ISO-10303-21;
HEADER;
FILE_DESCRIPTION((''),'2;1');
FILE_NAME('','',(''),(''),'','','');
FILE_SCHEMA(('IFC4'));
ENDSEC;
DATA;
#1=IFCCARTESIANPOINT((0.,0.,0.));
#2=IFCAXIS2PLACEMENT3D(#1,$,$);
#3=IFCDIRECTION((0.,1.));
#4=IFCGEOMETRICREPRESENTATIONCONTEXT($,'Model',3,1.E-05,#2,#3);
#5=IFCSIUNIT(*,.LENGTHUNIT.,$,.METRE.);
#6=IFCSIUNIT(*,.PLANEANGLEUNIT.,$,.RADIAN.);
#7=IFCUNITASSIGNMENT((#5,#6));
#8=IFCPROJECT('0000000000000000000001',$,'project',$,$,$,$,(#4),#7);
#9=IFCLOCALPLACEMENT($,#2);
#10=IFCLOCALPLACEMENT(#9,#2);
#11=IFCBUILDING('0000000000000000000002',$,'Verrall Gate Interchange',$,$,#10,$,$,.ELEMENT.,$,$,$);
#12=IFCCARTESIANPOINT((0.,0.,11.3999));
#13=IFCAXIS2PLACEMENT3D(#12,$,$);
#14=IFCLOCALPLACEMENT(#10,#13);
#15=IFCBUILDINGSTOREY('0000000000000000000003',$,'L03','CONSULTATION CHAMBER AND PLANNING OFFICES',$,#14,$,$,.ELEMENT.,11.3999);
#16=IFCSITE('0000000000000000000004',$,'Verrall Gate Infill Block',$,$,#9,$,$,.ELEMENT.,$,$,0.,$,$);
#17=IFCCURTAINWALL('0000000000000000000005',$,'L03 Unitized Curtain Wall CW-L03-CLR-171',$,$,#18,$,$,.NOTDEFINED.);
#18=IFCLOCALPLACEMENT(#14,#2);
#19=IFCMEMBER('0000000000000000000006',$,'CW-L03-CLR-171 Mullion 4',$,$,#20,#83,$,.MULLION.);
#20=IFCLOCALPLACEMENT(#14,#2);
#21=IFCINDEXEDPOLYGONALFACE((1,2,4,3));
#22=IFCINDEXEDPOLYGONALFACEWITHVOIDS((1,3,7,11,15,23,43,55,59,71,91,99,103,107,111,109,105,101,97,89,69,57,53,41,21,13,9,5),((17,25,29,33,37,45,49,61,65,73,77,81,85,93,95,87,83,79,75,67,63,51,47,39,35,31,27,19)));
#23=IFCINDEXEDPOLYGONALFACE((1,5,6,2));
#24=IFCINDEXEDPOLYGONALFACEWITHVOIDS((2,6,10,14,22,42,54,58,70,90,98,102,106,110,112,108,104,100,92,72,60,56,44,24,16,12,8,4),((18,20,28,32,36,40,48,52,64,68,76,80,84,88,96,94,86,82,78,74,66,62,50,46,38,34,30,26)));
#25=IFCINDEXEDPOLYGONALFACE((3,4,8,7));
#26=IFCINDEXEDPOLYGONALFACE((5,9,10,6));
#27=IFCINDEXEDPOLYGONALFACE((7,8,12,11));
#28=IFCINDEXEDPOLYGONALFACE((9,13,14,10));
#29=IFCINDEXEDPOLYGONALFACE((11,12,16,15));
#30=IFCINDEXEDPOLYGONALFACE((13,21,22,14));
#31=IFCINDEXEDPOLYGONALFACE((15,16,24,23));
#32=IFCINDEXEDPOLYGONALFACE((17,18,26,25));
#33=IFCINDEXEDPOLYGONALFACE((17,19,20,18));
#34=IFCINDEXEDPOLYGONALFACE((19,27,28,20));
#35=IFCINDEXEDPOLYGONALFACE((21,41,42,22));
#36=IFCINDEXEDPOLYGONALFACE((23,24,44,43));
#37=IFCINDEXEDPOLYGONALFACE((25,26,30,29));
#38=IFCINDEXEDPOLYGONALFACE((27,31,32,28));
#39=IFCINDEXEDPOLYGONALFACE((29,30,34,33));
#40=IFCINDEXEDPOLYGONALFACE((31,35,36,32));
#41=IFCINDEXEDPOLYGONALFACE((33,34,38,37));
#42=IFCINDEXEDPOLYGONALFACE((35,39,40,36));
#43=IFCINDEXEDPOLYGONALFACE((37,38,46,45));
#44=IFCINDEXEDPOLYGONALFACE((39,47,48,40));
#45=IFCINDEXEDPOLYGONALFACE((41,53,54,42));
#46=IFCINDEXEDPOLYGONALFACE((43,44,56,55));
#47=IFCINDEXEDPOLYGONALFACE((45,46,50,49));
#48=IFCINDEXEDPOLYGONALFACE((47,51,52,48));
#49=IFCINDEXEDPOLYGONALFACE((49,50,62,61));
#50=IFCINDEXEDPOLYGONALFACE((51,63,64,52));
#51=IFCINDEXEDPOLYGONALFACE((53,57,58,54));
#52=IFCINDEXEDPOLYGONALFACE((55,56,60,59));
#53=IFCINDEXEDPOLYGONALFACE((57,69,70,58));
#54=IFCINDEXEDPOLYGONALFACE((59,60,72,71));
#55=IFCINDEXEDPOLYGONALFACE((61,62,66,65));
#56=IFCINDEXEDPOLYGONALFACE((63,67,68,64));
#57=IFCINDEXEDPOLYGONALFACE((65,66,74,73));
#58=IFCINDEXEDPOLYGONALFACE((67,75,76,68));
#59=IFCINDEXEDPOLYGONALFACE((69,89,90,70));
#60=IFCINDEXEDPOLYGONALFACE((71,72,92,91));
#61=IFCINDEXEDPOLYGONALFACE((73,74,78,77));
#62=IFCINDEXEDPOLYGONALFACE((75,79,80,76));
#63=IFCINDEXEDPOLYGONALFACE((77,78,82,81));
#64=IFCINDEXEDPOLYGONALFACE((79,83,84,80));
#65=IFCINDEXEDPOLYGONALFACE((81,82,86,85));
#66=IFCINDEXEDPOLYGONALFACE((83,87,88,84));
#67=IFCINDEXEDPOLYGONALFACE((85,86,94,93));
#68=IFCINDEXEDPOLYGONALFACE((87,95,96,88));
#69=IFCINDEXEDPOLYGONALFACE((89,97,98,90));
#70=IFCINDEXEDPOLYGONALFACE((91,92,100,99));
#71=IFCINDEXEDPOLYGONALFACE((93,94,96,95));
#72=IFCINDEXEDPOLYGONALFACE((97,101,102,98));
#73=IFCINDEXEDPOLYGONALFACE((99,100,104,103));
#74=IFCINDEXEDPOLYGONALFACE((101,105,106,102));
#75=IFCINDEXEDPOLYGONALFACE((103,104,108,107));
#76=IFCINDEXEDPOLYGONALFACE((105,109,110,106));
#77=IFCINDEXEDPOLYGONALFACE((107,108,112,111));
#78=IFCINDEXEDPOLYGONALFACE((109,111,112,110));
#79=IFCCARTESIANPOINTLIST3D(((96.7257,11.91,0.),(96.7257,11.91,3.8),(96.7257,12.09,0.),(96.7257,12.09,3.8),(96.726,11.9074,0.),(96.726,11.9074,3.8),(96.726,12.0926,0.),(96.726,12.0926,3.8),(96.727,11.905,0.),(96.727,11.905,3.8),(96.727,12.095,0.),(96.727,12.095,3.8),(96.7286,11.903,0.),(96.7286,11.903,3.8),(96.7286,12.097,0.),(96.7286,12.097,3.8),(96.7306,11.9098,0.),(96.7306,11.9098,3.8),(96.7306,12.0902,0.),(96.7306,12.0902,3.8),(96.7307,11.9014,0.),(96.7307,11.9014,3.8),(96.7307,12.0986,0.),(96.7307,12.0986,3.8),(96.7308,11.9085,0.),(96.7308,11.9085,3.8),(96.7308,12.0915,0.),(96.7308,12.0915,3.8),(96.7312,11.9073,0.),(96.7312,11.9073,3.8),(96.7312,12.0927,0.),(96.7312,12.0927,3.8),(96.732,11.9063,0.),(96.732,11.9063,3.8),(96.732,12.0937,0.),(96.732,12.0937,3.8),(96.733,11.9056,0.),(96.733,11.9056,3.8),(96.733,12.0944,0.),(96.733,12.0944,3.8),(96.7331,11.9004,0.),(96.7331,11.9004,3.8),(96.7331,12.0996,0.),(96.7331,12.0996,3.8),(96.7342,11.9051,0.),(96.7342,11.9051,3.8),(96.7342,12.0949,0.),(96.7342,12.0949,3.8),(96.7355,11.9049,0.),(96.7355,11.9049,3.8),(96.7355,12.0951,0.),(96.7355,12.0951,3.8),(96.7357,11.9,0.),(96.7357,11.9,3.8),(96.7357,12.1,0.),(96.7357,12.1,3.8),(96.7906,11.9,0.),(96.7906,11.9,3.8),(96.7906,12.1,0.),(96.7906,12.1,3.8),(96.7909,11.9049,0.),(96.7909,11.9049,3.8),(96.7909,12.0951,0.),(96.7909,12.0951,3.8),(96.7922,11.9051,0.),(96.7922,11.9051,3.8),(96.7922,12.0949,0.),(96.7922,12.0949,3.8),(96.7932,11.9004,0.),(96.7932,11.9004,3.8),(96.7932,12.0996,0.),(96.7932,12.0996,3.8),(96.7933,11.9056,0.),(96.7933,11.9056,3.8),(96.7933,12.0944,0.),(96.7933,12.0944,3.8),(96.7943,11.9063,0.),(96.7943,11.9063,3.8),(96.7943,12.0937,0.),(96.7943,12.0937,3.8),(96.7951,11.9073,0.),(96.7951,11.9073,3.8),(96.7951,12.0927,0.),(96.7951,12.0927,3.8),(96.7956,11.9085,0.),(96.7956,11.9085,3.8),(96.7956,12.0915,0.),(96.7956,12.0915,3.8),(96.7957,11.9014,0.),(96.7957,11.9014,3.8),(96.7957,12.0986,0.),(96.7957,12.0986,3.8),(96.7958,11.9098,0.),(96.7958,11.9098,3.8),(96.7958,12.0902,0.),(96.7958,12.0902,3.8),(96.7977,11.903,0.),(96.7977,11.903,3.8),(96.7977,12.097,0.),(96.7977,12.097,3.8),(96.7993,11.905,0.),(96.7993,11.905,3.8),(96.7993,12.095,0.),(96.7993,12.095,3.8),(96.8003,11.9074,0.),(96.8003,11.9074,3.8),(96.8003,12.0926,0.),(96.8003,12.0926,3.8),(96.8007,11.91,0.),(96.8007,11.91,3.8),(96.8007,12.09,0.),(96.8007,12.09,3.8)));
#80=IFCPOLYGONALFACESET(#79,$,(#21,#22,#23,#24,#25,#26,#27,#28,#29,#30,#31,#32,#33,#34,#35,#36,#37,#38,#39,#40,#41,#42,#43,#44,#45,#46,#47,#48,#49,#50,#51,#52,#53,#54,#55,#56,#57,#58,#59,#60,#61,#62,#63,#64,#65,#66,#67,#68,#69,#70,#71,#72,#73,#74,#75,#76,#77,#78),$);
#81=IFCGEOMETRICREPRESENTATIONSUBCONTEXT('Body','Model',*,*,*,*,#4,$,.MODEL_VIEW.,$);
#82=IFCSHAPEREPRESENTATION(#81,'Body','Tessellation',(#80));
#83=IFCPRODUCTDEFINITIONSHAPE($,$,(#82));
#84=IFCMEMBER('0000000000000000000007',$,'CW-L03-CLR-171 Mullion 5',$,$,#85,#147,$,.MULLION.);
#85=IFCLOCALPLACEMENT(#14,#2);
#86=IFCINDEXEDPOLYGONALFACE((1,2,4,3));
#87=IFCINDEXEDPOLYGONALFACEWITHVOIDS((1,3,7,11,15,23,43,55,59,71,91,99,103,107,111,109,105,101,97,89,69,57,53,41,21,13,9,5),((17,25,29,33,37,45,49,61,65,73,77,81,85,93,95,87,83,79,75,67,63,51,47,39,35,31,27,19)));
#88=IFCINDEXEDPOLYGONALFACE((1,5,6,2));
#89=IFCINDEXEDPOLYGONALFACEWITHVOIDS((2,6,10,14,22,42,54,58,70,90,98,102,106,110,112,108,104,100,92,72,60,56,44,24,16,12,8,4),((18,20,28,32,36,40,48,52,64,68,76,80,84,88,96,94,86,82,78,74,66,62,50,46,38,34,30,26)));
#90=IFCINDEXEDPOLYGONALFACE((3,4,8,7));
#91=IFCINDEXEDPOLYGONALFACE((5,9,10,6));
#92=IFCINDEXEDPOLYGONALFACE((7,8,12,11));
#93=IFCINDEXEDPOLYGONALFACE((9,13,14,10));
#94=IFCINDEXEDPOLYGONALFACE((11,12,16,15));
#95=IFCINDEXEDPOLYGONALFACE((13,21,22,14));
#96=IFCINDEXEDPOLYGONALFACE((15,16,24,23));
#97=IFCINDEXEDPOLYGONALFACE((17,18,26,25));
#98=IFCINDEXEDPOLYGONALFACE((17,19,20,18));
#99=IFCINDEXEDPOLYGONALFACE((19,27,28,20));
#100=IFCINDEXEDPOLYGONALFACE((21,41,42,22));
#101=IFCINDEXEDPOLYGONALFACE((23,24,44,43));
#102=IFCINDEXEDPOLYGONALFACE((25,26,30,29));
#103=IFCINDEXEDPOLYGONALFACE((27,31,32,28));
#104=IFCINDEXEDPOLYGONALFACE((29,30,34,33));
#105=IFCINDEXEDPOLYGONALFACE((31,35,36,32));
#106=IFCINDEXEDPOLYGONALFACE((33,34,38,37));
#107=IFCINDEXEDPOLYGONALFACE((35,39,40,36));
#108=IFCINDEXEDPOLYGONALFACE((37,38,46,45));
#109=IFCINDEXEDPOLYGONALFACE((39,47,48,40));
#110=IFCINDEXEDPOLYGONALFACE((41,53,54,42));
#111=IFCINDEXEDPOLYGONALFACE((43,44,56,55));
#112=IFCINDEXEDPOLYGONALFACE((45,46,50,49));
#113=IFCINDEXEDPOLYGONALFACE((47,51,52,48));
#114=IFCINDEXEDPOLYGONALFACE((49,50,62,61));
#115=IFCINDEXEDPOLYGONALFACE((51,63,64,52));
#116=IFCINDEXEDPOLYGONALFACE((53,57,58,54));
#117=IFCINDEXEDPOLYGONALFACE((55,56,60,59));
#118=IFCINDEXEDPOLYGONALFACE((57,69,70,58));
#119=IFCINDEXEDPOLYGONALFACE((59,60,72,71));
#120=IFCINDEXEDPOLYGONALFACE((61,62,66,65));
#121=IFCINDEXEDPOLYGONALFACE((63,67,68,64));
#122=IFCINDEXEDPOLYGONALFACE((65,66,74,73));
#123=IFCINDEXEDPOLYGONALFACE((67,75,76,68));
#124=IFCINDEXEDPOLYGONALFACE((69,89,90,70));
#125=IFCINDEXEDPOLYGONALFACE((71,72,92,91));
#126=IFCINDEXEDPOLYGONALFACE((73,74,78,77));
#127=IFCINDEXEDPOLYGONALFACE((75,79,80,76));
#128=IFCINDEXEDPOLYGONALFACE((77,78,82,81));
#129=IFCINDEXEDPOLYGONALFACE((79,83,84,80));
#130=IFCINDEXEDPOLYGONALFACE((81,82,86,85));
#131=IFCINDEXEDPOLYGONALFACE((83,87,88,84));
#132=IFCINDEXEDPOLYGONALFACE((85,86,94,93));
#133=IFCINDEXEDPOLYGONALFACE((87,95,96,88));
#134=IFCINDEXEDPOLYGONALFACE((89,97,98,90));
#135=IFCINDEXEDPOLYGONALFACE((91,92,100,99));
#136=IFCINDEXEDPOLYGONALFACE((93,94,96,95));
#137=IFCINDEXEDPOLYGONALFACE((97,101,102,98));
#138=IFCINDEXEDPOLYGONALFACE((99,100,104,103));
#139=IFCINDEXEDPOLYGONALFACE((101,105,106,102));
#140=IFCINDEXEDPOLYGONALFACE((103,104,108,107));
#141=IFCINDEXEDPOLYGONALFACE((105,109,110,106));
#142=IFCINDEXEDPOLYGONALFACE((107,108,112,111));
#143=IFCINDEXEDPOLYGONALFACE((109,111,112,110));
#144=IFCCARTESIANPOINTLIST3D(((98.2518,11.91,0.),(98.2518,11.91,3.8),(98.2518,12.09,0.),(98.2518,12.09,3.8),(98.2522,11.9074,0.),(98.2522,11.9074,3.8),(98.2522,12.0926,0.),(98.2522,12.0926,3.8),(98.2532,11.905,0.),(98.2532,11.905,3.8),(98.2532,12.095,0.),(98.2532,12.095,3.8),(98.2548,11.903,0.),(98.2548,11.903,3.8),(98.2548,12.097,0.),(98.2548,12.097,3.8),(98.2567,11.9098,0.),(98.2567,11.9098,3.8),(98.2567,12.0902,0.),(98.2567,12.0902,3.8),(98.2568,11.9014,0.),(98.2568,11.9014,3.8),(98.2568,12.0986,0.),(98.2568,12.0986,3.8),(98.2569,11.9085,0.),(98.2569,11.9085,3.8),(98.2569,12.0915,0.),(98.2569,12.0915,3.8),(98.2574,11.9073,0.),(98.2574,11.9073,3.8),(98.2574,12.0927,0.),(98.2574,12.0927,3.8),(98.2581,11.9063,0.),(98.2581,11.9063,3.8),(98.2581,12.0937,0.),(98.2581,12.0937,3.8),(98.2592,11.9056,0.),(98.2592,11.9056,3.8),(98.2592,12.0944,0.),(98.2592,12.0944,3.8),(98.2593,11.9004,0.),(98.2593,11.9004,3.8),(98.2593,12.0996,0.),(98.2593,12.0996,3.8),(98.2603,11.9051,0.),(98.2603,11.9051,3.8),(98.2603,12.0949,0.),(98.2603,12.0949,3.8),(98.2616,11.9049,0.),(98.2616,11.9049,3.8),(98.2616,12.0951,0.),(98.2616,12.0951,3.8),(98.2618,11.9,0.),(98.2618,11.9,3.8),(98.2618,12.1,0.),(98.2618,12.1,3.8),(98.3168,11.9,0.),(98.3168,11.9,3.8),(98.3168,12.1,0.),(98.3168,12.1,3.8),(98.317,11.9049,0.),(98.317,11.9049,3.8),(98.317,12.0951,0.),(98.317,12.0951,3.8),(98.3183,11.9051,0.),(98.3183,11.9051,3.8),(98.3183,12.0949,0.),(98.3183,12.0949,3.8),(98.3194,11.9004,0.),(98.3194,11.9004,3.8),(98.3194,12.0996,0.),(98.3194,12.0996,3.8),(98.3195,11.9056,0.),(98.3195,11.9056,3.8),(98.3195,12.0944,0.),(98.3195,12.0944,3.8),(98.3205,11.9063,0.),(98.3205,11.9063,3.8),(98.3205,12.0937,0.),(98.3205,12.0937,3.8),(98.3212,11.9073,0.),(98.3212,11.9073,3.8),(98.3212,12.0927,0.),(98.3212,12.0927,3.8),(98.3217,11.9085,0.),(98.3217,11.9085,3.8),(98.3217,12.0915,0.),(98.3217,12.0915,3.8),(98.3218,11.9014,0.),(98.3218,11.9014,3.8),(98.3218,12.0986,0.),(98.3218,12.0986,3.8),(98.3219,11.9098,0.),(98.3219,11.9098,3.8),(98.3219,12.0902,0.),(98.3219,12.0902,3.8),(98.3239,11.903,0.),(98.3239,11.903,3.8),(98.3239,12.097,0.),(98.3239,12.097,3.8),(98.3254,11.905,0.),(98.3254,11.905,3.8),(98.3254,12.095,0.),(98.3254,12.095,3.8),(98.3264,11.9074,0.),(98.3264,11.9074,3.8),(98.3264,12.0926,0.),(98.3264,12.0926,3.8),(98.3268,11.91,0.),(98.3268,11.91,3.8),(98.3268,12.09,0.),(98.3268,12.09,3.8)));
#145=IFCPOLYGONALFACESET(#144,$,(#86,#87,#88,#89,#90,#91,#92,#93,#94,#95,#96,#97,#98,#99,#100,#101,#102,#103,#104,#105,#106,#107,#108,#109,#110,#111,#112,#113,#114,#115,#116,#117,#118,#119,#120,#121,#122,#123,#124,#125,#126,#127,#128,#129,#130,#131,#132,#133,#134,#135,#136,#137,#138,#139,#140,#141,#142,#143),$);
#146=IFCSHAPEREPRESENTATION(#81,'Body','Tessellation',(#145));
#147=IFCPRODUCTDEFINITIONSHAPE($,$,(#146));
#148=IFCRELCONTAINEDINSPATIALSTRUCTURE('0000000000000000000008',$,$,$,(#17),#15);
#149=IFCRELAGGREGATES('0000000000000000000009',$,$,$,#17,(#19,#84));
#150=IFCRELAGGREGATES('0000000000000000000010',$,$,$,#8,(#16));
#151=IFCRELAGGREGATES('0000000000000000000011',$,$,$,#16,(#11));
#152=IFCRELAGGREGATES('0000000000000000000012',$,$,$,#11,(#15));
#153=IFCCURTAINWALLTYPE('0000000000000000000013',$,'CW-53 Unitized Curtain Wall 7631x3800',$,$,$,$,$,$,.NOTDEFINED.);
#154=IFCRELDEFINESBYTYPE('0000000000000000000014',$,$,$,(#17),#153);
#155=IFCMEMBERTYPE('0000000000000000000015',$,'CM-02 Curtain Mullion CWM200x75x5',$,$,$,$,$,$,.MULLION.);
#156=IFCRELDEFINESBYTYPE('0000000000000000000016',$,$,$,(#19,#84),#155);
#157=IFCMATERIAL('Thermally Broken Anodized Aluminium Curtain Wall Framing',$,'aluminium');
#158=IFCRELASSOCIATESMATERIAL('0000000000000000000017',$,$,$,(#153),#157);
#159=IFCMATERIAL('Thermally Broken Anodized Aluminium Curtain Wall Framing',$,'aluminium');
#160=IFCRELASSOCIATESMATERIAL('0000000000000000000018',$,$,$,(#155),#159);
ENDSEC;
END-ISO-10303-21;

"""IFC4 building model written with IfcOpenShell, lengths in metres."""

from ifc_helpers import new_model, si_unit, direction, frame, origin, origin_2d, place, context, subcontext, project, spatial, hollow_rectangle, extrude, material, material_profile, profile_set, type_object, element, aggregate, save


model = new_model("IFC4")

# Units and contexts
model_context = context("Model", 3, precision=1e-05, world=origin(), true_north=direction((0.0, 1.0)))
body_context = subcontext(model_context, "Body", "Model", "MODEL_VIEW")
ifc_project = project(units=[si_unit("LENGTHUNIT", "METRE"), si_unit("PLANEANGLEUNIT", "RADIAN")], contexts=[model_context])

# Site, building, storey
site_placement = place(None, origin())
site = spatial("IfcSite", under=ifc_project, at=site_placement, Name="Verrall Gate Infill Block", CompositionType="ELEMENT", RefElevation=0.0)
building_placement = place(site_placement, origin())
building = spatial("IfcBuilding", under=site, at=building_placement, Name="Verrall Gate Interchange", CompositionType="ELEMENT")
storey_placement = place(building_placement, frame((0.0, 0.0, 11.3999)))
storey = spatial("IfcBuildingStorey", under=building, at=storey_placement, Name="L03", Description="CONSULTATION CHAMBER AND PLANNING OFFICES", CompositionType="ELEMENT", Elevation=11.3999)

# Curtain wall, members
ifc_material_1 = material(Name="Thermally Broken Anodized Aluminium Curtain Wall Framing", Category="aluminium")
curtain_wall_type = type_object("IfcCurtainWallType", Name="CW-53 Unitized Curtain Wall 7631x3800", PredefinedType="NOTDEFINED", material=ifc_material_1)
curtain_wall_1_placement = place(storey_placement, origin())
curtain_wall_1 = element("IfcCurtainWall", 1, at=curtain_wall_1_placement, inside=storey, type_object=curtain_wall_type, Name="L03 Unitized Curtain Wall CW-L03-CLR-171", PredefinedType="NOTDEFINED")
ifc_material_2 = material(Name="Thermally Broken Anodized Aluminium Curtain Wall Framing", Category="aluminium")
ifc_material_profile_1 = material_profile(ifc_material_2, hollow_rectangle(XDim=0.075, YDim=0.2, WallThickness=0.0049, InnerFilletRadius=0.0049, OuterFilletRadius=0.01, at=origin_2d()), Name="CWM200x75x5")
ifc_profile_set_1 = profile_set([ifc_material_profile_1], Name="Thermally Broken Anodized Aluminium Curtain Wall Framing")
member_type_1 = type_object("IfcMemberType", Name="CM-02 Curtain Mullion CWM200x75x5", PredefinedType="MULLION", material=ifc_profile_set_1)
member_1_placement = place(storey_placement, frame((96.7632, 12.0, 0.0), z_axis=(0.0, 0.0, 1.0), x_axis=(1.0, 0.0, 0.0)))
member_1 = element("IfcMember", 2, at=member_1_placement, type_object=member_type_1, Name="CW-L03-CLR-171 Mullion 4", PredefinedType="MULLION", context=body_context, shape_type="SweptSolid", body=[
    extrude(hollow_rectangle(XDim=0.075, YDim=0.2, WallThickness=0.0049, InnerFilletRadius=0.0049, OuterFilletRadius=0.01, at=origin_2d()), origin(), (0.0, 0.0, 1.0), 3.8),
])
member_2_placement = place(storey_placement, frame((98.2893, 12.0, 0.0), z_axis=(0.0, 0.0, 1.0), x_axis=(1.0, 0.0, 0.0)))
member_2 = element("IfcMember", 3, at=member_2_placement, type_object=member_type_1, Name="CW-L03-CLR-171 Mullion 5", PredefinedType="MULLION", context=body_context, shape_type="SweptSolid", body=[
    extrude(hollow_rectangle(XDim=0.075, YDim=0.2, WallThickness=0.0049, InnerFilletRadius=0.0049, OuterFilletRadius=0.01, at=origin_2d()), origin(), (0.0, 0.0, 1.0), 3.8),
])

aggregate(curtain_wall_1, [member_1, member_2])

save(model, "model.ifc")
